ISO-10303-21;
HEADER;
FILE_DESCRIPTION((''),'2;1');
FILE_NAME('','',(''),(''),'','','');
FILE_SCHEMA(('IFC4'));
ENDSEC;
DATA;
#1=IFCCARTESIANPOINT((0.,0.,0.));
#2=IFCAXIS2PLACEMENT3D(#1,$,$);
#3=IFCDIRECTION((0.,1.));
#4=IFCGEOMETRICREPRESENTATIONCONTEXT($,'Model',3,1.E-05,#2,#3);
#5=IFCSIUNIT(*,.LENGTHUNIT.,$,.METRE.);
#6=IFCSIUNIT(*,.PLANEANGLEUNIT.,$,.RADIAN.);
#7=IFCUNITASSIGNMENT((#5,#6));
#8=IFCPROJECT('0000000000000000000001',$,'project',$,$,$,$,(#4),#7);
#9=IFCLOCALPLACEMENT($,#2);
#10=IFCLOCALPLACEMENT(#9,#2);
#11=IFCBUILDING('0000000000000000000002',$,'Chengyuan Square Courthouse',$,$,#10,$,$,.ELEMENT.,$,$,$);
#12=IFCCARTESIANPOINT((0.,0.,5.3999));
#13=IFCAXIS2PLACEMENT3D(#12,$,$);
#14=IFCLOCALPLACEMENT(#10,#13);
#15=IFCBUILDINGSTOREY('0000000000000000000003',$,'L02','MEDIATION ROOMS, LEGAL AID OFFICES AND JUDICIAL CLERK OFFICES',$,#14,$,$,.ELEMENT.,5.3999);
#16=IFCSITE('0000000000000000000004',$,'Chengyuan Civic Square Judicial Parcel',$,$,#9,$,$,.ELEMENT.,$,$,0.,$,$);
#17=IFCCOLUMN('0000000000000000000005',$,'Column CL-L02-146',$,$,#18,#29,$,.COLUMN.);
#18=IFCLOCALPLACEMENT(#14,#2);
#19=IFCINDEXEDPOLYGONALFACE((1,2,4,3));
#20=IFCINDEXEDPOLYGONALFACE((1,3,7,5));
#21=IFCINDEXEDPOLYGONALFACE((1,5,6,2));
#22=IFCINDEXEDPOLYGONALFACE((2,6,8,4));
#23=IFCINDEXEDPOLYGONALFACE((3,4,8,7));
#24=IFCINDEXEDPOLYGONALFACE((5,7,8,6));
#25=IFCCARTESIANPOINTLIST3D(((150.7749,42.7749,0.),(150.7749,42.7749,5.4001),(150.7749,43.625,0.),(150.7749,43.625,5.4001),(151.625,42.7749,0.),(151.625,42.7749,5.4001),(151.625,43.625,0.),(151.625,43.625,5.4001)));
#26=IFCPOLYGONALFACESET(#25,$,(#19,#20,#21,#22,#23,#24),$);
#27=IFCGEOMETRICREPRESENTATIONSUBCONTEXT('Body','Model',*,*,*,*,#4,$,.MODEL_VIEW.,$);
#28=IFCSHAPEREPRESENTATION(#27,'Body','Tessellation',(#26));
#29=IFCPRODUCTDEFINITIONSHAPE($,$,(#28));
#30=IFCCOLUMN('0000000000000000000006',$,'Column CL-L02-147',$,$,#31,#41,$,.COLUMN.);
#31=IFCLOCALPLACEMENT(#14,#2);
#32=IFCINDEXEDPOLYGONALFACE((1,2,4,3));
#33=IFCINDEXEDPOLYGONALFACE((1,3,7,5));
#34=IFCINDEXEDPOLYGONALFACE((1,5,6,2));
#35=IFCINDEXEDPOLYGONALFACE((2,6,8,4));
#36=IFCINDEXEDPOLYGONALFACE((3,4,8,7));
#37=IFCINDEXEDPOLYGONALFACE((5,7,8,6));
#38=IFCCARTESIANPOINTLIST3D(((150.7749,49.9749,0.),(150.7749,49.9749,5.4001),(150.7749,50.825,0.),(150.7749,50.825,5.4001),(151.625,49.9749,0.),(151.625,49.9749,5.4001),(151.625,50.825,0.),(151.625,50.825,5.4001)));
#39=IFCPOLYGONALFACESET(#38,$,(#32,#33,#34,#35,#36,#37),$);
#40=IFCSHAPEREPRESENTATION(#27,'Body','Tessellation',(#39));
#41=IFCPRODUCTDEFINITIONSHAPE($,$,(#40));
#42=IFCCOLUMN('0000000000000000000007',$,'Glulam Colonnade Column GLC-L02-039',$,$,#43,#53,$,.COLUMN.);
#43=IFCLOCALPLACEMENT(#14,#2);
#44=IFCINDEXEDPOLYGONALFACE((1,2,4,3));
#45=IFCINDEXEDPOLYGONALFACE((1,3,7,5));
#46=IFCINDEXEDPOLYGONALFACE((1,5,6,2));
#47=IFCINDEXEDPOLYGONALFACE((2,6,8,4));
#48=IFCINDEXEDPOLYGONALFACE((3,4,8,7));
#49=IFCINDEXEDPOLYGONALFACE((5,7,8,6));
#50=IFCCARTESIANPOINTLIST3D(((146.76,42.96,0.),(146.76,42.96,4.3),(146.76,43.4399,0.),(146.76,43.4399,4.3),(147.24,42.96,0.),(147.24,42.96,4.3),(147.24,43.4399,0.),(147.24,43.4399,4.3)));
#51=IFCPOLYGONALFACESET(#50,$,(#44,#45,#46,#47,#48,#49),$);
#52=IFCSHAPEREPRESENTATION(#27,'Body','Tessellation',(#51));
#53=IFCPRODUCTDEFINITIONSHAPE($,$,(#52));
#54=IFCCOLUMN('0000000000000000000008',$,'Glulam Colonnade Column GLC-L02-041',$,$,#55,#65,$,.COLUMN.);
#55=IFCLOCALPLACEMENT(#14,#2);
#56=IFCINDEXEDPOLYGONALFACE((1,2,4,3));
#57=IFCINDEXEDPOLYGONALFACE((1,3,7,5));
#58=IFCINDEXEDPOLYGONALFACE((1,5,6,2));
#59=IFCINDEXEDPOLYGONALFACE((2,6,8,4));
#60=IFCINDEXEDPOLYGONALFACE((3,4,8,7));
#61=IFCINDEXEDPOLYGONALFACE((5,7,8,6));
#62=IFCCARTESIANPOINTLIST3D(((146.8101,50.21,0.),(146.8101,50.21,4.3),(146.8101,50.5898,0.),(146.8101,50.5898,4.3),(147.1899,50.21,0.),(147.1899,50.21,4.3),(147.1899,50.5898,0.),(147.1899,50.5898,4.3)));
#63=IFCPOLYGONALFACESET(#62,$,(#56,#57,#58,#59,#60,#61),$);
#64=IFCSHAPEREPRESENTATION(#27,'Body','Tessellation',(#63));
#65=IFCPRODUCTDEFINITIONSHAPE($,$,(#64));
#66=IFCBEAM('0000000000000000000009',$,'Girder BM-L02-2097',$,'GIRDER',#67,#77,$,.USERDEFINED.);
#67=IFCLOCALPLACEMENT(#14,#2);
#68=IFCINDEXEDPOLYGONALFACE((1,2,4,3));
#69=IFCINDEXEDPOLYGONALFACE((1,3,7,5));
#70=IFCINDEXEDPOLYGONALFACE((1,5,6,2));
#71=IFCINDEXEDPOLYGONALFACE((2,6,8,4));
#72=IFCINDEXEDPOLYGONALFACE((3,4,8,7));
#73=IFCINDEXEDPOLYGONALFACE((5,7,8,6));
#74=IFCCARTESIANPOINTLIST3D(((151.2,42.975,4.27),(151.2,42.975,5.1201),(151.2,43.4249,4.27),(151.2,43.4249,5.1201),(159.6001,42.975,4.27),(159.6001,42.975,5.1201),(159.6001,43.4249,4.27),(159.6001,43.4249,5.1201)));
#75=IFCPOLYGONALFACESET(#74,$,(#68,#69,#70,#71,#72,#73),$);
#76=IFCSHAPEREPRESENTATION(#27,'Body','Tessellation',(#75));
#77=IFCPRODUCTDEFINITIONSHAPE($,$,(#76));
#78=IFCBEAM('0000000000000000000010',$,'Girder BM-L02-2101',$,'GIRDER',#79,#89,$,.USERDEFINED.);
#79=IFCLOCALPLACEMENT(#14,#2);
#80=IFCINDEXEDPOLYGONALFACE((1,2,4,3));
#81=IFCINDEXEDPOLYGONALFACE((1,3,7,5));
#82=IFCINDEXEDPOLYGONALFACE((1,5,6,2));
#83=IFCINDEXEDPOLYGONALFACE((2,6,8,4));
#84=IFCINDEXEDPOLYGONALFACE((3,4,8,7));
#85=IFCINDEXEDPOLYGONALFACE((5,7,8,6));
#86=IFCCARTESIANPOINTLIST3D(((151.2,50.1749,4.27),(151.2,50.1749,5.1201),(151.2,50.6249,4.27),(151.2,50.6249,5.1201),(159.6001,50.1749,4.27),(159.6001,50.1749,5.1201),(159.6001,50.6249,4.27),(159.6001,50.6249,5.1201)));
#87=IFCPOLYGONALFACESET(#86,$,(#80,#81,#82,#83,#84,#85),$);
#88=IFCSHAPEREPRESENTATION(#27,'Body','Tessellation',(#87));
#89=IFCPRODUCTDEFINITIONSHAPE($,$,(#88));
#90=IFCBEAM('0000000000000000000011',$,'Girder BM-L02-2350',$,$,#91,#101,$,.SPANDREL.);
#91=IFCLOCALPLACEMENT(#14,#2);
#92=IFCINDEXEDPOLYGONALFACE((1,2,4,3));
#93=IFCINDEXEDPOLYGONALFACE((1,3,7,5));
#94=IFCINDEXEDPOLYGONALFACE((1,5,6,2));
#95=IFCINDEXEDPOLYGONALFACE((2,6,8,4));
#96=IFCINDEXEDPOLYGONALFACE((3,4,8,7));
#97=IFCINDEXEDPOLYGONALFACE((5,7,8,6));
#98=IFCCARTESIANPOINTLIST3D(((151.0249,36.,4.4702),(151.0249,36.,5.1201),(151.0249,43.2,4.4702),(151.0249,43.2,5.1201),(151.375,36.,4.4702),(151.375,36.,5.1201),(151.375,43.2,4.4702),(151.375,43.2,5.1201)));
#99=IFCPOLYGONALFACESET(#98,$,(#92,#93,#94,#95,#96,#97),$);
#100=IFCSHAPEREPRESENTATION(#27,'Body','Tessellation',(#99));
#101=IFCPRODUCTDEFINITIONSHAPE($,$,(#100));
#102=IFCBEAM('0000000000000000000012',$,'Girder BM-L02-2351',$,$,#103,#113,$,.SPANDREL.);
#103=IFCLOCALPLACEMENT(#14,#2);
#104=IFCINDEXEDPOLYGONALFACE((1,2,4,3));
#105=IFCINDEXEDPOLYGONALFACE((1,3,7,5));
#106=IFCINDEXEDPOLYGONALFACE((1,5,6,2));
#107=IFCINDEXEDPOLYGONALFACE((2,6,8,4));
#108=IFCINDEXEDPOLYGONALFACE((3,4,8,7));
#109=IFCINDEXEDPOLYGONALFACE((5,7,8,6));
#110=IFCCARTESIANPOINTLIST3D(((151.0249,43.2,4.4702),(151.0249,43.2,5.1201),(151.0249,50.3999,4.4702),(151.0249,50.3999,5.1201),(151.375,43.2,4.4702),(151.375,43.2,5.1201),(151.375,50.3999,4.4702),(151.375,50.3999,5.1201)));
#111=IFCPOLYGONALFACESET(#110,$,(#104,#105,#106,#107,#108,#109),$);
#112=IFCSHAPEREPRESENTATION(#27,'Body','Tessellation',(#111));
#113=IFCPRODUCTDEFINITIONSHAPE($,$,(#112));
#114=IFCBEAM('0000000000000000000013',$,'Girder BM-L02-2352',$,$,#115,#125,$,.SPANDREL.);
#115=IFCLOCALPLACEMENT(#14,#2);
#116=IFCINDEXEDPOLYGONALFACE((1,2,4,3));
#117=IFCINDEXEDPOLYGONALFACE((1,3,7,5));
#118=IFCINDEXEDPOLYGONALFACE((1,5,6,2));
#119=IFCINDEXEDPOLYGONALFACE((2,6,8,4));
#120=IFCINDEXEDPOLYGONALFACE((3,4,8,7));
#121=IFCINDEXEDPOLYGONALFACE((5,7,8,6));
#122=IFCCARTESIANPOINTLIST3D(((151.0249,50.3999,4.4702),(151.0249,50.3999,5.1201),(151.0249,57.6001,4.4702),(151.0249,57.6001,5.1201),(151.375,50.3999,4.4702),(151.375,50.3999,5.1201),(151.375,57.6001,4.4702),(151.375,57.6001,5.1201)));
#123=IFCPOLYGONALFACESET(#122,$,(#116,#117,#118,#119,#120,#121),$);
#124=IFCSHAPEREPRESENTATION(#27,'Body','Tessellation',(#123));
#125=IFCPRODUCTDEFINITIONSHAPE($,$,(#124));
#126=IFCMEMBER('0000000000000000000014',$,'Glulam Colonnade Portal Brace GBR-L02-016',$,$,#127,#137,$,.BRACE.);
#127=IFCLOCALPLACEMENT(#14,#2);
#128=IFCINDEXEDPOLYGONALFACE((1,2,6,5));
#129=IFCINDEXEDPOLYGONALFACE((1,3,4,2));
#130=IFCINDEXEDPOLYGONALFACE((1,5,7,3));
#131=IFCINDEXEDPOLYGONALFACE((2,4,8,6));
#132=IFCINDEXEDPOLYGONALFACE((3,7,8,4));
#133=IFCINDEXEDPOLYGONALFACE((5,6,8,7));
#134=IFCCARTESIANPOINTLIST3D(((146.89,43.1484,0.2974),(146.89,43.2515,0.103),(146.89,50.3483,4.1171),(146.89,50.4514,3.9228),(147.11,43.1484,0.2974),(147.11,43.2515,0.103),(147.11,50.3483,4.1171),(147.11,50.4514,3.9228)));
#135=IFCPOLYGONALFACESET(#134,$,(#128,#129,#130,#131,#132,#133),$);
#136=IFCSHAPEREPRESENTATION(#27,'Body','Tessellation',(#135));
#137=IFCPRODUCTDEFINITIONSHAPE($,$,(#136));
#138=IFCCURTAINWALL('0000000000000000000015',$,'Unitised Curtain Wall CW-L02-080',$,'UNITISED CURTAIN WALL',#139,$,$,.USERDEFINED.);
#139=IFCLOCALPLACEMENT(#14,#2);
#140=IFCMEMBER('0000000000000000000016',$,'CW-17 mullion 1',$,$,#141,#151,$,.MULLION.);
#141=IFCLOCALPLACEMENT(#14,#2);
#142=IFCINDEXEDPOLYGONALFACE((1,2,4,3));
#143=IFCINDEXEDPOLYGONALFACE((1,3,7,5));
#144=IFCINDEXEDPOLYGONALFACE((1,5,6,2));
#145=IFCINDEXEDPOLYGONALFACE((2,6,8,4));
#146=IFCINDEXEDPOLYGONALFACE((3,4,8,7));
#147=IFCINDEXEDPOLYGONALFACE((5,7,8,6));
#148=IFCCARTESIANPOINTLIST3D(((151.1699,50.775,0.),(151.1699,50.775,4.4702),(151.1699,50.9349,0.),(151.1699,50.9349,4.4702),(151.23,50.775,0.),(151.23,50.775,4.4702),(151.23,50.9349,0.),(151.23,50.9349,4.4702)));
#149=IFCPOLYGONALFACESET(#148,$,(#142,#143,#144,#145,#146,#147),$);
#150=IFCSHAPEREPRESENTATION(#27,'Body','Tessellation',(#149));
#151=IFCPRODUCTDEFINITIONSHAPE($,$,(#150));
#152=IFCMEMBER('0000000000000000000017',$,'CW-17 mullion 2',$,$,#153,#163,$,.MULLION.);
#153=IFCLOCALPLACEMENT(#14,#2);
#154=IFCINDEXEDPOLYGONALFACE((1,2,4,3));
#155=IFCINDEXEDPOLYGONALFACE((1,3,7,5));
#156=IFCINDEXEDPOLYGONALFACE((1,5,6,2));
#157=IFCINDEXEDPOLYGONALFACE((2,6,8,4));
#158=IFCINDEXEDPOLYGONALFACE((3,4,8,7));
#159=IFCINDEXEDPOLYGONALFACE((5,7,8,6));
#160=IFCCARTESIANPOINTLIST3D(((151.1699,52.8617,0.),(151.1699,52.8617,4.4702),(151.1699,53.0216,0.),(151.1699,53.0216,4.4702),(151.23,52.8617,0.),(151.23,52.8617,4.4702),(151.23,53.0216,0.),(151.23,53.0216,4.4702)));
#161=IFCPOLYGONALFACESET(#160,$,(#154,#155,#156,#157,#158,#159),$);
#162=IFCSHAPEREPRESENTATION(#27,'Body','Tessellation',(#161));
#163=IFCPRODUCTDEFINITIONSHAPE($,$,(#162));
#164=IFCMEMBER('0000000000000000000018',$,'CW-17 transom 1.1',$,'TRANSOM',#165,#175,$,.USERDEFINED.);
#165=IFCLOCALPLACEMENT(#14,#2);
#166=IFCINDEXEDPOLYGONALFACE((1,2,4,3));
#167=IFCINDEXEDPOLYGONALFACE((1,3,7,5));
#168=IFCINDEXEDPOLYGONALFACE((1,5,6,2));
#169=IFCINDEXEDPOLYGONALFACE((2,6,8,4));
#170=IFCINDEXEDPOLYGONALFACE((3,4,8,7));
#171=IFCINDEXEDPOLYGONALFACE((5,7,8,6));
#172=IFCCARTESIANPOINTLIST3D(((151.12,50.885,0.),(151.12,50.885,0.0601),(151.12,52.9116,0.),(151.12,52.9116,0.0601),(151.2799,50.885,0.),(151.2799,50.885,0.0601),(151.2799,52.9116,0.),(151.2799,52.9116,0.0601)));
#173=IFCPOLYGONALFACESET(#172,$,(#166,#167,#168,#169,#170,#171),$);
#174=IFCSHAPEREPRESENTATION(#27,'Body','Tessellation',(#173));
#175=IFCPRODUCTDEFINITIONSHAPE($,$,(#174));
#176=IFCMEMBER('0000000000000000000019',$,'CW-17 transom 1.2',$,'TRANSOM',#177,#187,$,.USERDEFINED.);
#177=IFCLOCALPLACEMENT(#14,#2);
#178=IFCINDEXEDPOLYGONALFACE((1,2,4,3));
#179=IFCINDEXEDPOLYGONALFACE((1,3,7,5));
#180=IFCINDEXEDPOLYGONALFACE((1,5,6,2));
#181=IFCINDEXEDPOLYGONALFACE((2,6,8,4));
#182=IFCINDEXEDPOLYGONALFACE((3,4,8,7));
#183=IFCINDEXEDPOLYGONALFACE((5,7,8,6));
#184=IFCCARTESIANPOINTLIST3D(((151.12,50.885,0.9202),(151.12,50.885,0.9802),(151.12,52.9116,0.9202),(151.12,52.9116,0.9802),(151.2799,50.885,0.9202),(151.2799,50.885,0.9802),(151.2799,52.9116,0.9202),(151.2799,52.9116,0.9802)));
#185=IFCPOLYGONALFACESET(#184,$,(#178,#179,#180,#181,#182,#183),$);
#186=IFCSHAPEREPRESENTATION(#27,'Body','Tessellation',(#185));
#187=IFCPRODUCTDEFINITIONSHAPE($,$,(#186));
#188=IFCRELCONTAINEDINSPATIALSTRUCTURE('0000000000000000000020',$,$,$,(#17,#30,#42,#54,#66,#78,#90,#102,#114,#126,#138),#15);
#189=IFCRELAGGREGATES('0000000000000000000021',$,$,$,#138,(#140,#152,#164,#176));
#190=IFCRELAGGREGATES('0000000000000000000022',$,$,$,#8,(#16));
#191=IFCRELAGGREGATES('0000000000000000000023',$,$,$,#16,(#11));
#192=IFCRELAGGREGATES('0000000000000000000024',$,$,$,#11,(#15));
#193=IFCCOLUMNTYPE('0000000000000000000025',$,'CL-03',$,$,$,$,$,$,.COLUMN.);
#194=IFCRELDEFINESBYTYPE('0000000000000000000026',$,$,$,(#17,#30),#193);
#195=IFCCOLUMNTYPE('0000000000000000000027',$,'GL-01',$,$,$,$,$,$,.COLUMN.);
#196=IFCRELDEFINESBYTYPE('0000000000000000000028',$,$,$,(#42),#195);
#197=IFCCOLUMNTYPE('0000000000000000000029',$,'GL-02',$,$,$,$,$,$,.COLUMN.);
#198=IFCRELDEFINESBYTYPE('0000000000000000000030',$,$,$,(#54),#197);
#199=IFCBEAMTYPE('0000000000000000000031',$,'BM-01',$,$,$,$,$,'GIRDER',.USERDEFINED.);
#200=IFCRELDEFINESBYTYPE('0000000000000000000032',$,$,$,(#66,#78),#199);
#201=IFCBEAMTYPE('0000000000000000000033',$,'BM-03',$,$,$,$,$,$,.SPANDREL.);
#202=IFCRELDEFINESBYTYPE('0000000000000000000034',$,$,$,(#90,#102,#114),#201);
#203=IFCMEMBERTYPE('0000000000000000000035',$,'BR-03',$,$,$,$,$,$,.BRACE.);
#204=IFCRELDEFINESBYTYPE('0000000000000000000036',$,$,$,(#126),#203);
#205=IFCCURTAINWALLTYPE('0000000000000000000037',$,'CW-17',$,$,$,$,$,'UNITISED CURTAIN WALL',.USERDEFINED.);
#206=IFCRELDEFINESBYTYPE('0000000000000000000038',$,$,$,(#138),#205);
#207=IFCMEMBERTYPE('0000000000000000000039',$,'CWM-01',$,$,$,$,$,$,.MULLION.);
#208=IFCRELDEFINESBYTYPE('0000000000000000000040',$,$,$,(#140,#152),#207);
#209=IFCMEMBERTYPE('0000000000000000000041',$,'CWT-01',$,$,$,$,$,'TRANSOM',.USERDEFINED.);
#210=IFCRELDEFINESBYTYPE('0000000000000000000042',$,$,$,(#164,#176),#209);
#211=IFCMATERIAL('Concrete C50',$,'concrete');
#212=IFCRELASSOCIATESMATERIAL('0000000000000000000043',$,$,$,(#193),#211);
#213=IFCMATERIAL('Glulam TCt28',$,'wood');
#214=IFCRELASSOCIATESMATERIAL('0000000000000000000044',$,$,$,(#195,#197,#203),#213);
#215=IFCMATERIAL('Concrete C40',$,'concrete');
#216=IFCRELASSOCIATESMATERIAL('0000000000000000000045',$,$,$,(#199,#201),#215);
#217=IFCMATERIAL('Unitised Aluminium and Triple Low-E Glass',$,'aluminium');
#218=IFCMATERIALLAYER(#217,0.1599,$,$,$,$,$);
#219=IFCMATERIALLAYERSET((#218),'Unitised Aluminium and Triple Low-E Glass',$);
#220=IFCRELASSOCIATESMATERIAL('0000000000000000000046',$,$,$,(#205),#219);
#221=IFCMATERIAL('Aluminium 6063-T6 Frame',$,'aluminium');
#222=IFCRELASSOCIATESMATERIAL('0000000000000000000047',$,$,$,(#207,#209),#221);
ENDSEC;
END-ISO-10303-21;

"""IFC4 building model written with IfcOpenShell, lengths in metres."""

from ifc_helpers import new_model, si_unit, direction, frame, origin, origin_2d, place, context, subcontext, project, spatial, rectangle, extrude, material, layer, layer_set, material_profile, profile_set, type_object, element, aggregate, save


model = new_model("IFC4")

# Units and contexts
model_context = context("Model", 3, precision=1e-05, world=origin(), true_north=direction((0.0, 1.0)))
body_context = subcontext(model_context, "Body", "Model", "MODEL_VIEW")
ifc_project = project(units=[si_unit("LENGTHUNIT", "METRE"), si_unit("PLANEANGLEUNIT", "RADIAN")], contexts=[model_context])

# Site, building, storey
site_placement = place(None, origin())
site = spatial("IfcSite", under=ifc_project, at=site_placement, Name="Chengyuan Civic Square Judicial Parcel", CompositionType="ELEMENT", RefElevation=0.0)
building_placement = place(site_placement, origin())
building = spatial("IfcBuilding", under=site, at=building_placement, Name="Chengyuan Square Courthouse", CompositionType="ELEMENT")
storey_placement = place(building_placement, frame((0.0, 0.0, 5.3999)))
storey = spatial("IfcBuildingStorey", under=building, at=storey_placement, Name="L02", Description="MEDIATION ROOMS, LEGAL AID OFFICES AND JUDICIAL CLERK OFFICES", CompositionType="ELEMENT", Elevation=5.3999)

# Columns
ifc_material_1 = material(Name="Concrete C50", Category="concrete")
ifc_material_profile_1 = material_profile(ifc_material_1, rectangle(XDim=0.8501, YDim=0.8501, at=origin_2d()), Name="RC-COL-850x850")
ifc_profile_set_1 = profile_set([ifc_material_profile_1], Name="Concrete C50")
column_type_1 = type_object("IfcColumnType", Name="CL-03", PredefinedType="COLUMN", material=ifc_profile_set_1)
for number, where, z_axis, x_axis, name in (
    (1, (151.2, 43.2, 0.0), (0.0, 0.0, 1.0), (1.0, 0.0, 0.0), "Column CL-L02-146"),
    (2, (151.2, 50.3999, 0.0), (0.0, 0.0, 1.0), (1.0, 0.0, 0.0), "Column CL-L02-147"),
):
    element("IfcColumn", number, at=place(storey_placement, frame(where, z_axis=z_axis, x_axis=x_axis)), inside=storey, type_object=column_type_1, Name=name, PredefinedType="COLUMN", context=body_context, shape_type="SweptSolid", body=[
        extrude(rectangle(XDim=0.8501, YDim=0.8501, at=origin_2d()), origin(), (0.0, 0.0, 1.0), 5.4001),
    ])
ifc_material_2 = material(Name="Glulam TCt28", Category="wood")
ifc_material_profile_2 = material_profile(ifc_material_2, rectangle(XDim=0.48, YDim=0.48, at=origin_2d()), Name="GL-COL-480x480")
ifc_profile_set_2 = profile_set([ifc_material_profile_2], Name="Glulam TCt28")
column_type_2 = type_object("IfcColumnType", Name="GL-01", PredefinedType="COLUMN", material=ifc_profile_set_2)
column_1_placement = place(storey_placement, frame((147.0, 43.2, 0.0), z_axis=(0.0, 0.0, 1.0), x_axis=(1.0, 0.0, 0.0)))
element("IfcColumn", 3, at=column_1_placement, inside=storey, type_object=column_type_2, Name="Glulam Colonnade Column GLC-L02-039", PredefinedType="COLUMN", context=body_context, shape_type="SweptSolid", body=[
    extrude(rectangle(XDim=0.48, YDim=0.48, at=origin_2d()), origin(), (0.0, 0.0, 1.0), 4.3),
])
ifc_material_profile_3 = material_profile(ifc_material_2, rectangle(XDim=0.3799, YDim=0.3799, at=origin_2d()), Name="GL-COL-380x380")
ifc_profile_set_3 = profile_set([ifc_material_profile_3], Name="Glulam TCt28")
column_type_3 = type_object("IfcColumnType", Name="GL-02", PredefinedType="COLUMN", material=ifc_profile_set_3)
column_2_placement = place(storey_placement, frame((147.0, 50.3999, 0.0), z_axis=(0.0, 0.0, 1.0), x_axis=(1.0, 0.0, 0.0)))
element("IfcColumn", 4, at=column_2_placement, inside=storey, type_object=column_type_3, Name="Glulam Colonnade Column GLC-L02-041", PredefinedType="COLUMN", context=body_context, shape_type="SweptSolid", body=[
    extrude(rectangle(XDim=0.3799, YDim=0.3799, at=origin_2d()), origin(), (0.0, 0.0, 1.0), 4.3),
])

# Beams
ifc_material_3 = material(Name="Concrete C40", Category="concrete")
ifc_material_profile_4 = material_profile(ifc_material_3, rectangle(XDim=0.45, YDim=0.8501, at=origin_2d()), Name="RC-BM-450x850")
ifc_profile_set_4 = profile_set([ifc_material_profile_4], Name="Concrete C40")
beam_type_1 = type_object("IfcBeamType", Name="BM-01", ElementType="GIRDER", PredefinedType="USERDEFINED", material=ifc_profile_set_4)
for number, where, z_axis, x_axis, name in (
    (5, (151.2, 43.2, 4.6951), (1.0, 0.0, 0.0), (0.0, 1.0, 0.0), "Girder BM-L02-2097"),
    (6, (151.2, 50.3999, 4.6951), (1.0, 0.0, 0.0), (0.0, 1.0, 0.0), "Girder BM-L02-2101"),
):
    element("IfcBeam", number, at=place(storey_placement, frame(where, z_axis=z_axis, x_axis=x_axis)), inside=storey, type_object=beam_type_1, Name=name, ObjectType="GIRDER", PredefinedType="USERDEFINED", context=body_context, shape_type="SweptSolid", body=[
        extrude(rectangle(XDim=0.45, YDim=0.8501, at=origin_2d()), origin(), (0.0, 0.0, 1.0), 8.4001),
    ])
ifc_material_profile_5 = material_profile(ifc_material_3, rectangle(XDim=0.3501, YDim=0.6499, at=origin_2d()), Name="RC-BM-350x650")
ifc_profile_set_5 = profile_set([ifc_material_profile_5], Name="Concrete C40")
beam_type_2 = type_object("IfcBeamType", Name="BM-03", PredefinedType="SPANDREL", material=ifc_profile_set_5)
for number, where, z_axis, x_axis, name in (
    (7, (151.2, 36.0, 4.7952), (0.0, 1.0, 0.0), (-1.0, 0.0, 0.0), "Girder BM-L02-2350"),
    (8, (151.2, 43.2, 4.7952), (0.0, 1.0, 0.0), (-1.0, 0.0, 0.0), "Girder BM-L02-2351"),
):
    element("IfcBeam", number, at=place(storey_placement, frame(where, z_axis=z_axis, x_axis=x_axis)), inside=storey, type_object=beam_type_2, Name=name, PredefinedType="SPANDREL", context=body_context, shape_type="SweptSolid", body=[
        extrude(rectangle(XDim=0.3501, YDim=0.6499, at=origin_2d()), origin(), (0.0, 0.0, 1.0), 7.2),
    ])
beam_1_placement = place(storey_placement, frame((151.2, 50.3999, 4.7952), z_axis=(0.0, 1.0, 0.0), x_axis=(-1.0, 0.0, 0.0)))
element("IfcBeam", 9, at=beam_1_placement, inside=storey, type_object=beam_type_2, Name="Girder BM-L02-2352", PredefinedType="SPANDREL", context=body_context, shape_type="SweptSolid", body=[
    extrude(rectangle(XDim=0.3501, YDim=0.6499, at=origin_2d()), origin(), (0.0, 0.0, 1.0), 7.2002),
])

# Member
ifc_material_profile_6 = material_profile(ifc_material_2, rectangle(XDim=0.22, YDim=0.22, at=origin_2d()), Name="GL-BR-220x220")
ifc_profile_set_6 = profile_set([ifc_material_profile_6], Name="Glulam TCt28")
member_type_1 = type_object("IfcMemberType", Name="BR-03", PredefinedType="BRACE", material=ifc_profile_set_6)
member_1_placement = place(storey_placement, frame((147.0, 43.2, 0.2002), z_axis=(0.0, 0.883377, 0.468662), x_axis=(-1.0, 0.0, 0.0)))
element("IfcMember", 10, at=member_1_placement, inside=storey, type_object=member_type_1, Name="Glulam Colonnade Portal Brace GBR-L02-016", PredefinedType="BRACE", context=body_context, shape_type="SweptSolid", body=[
    extrude(rectangle(XDim=0.22, YDim=0.22, at=origin_2d()), origin(), (0.0, 0.0, 1.0), 8.1504),
])

# Curtain wall, members
ifc_material_4 = material(Name="Unitised Aluminium and Triple Low-E Glass", Category="aluminium")
ifc_layer_1 = layer(ifc_material_4, 0.1599)
ifc_layer_set_1 = layer_set([ifc_layer_1], Name="Unitised Aluminium and Triple Low-E Glass")
curtain_wall_type = type_object("IfcCurtainWallType", Name="CW-17", ElementType="UNITISED CURTAIN WALL", PredefinedType="USERDEFINED", material=ifc_layer_set_1)
curtain_wall_placement = place(storey_placement, origin())
curtain_wall = element("IfcCurtainWall", 11, at=curtain_wall_placement, inside=storey, type_object=curtain_wall_type, Name="Unitised Curtain Wall CW-L02-080", ObjectType="UNITISED CURTAIN WALL", PredefinedType="USERDEFINED")
ifc_material_5 = material(Name="Aluminium 6063-T6 Frame", Category="aluminium")
ifc_material_profile_7 = material_profile(ifc_material_5, rectangle(XDim=0.0601, YDim=0.1599, at=origin_2d()), Name="CW-MUL-60x160")
ifc_profile_set_7 = profile_set([ifc_material_profile_7], Name="Aluminium 6063-T6 Frame")
member_type_2 = type_object("IfcMemberType", Name="CWM-01", PredefinedType="MULLION", material=ifc_profile_set_7)
member_2_placement = place(storey_placement, frame((151.2, 50.855, 0.0), z_axis=(0.0, 0.0, 1.0), x_axis=(-1.0, 0.0, 0.0)))
member_2 = element("IfcMember", 12, at=member_2_placement, type_object=member_type_2, Name="CW-17 mullion 1", PredefinedType="MULLION", context=body_context, shape_type="SweptSolid", body=[
    extrude(rectangle(XDim=0.0601, YDim=0.1599, at=origin_2d()), origin(), (0.0, 0.0, 1.0), 4.4702),
])
member_3_placement = place(storey_placement, frame((151.2, 52.9417, 0.0), z_axis=(0.0, 0.0, 1.0), x_axis=(-1.0, 0.0, 0.0)))
member_3 = element("IfcMember", 13, at=member_3_placement, type_object=member_type_2, Name="CW-17 mullion 2", PredefinedType="MULLION", context=body_context, shape_type="SweptSolid", body=[
    extrude(rectangle(XDim=0.0601, YDim=0.1599, at=origin_2d()), origin(), (0.0, 0.0, 1.0), 4.4702),
])
ifc_material_profile_8 = material_profile(ifc_material_5, rectangle(XDim=0.1599, YDim=0.0601, at=origin_2d()), Name="CW-TRN-60x120")
ifc_profile_set_8 = profile_set([ifc_material_profile_8], Name="Aluminium 6063-T6 Frame")
member_type_3 = type_object("IfcMemberType", Name="CWT-01", ElementType="TRANSOM", PredefinedType="USERDEFINED", material=ifc_profile_set_8)
member_4_placement = place(storey_placement, frame((151.2, 50.885, 0.03), z_axis=(0.0, 1.0, 0.0), x_axis=(-1.0, 0.0, 0.0)))
member_4 = element("IfcMember", 14, at=member_4_placement, type_object=member_type_3, Name="CW-17 transom 1.1", ObjectType="TRANSOM", PredefinedType="USERDEFINED", context=body_context, shape_type="SweptSolid", body=[
    extrude(rectangle(XDim=0.1599, YDim=0.0601, at=origin_2d()), origin(), (0.0, 0.0, 1.0), 2.0266),
])
member_5_placement = place(storey_placement, frame((151.2, 50.885, 0.9502), z_axis=(0.0, 1.0, 0.0), x_axis=(-1.0, 0.0, 0.0)))
member_5 = element("IfcMember", 15, at=member_5_placement, type_object=member_type_3, Name="CW-17 transom 1.2", ObjectType="TRANSOM", PredefinedType="USERDEFINED", context=body_context, shape_type="SweptSolid", body=[
    extrude(rectangle(XDim=0.1599, YDim=0.0601, at=origin_2d()), origin(), (0.0, 0.0, 1.0), 2.0266),
])

aggregate(curtain_wall, [member_2, member_3, member_4, member_5])

save(model, "model.ifc")
